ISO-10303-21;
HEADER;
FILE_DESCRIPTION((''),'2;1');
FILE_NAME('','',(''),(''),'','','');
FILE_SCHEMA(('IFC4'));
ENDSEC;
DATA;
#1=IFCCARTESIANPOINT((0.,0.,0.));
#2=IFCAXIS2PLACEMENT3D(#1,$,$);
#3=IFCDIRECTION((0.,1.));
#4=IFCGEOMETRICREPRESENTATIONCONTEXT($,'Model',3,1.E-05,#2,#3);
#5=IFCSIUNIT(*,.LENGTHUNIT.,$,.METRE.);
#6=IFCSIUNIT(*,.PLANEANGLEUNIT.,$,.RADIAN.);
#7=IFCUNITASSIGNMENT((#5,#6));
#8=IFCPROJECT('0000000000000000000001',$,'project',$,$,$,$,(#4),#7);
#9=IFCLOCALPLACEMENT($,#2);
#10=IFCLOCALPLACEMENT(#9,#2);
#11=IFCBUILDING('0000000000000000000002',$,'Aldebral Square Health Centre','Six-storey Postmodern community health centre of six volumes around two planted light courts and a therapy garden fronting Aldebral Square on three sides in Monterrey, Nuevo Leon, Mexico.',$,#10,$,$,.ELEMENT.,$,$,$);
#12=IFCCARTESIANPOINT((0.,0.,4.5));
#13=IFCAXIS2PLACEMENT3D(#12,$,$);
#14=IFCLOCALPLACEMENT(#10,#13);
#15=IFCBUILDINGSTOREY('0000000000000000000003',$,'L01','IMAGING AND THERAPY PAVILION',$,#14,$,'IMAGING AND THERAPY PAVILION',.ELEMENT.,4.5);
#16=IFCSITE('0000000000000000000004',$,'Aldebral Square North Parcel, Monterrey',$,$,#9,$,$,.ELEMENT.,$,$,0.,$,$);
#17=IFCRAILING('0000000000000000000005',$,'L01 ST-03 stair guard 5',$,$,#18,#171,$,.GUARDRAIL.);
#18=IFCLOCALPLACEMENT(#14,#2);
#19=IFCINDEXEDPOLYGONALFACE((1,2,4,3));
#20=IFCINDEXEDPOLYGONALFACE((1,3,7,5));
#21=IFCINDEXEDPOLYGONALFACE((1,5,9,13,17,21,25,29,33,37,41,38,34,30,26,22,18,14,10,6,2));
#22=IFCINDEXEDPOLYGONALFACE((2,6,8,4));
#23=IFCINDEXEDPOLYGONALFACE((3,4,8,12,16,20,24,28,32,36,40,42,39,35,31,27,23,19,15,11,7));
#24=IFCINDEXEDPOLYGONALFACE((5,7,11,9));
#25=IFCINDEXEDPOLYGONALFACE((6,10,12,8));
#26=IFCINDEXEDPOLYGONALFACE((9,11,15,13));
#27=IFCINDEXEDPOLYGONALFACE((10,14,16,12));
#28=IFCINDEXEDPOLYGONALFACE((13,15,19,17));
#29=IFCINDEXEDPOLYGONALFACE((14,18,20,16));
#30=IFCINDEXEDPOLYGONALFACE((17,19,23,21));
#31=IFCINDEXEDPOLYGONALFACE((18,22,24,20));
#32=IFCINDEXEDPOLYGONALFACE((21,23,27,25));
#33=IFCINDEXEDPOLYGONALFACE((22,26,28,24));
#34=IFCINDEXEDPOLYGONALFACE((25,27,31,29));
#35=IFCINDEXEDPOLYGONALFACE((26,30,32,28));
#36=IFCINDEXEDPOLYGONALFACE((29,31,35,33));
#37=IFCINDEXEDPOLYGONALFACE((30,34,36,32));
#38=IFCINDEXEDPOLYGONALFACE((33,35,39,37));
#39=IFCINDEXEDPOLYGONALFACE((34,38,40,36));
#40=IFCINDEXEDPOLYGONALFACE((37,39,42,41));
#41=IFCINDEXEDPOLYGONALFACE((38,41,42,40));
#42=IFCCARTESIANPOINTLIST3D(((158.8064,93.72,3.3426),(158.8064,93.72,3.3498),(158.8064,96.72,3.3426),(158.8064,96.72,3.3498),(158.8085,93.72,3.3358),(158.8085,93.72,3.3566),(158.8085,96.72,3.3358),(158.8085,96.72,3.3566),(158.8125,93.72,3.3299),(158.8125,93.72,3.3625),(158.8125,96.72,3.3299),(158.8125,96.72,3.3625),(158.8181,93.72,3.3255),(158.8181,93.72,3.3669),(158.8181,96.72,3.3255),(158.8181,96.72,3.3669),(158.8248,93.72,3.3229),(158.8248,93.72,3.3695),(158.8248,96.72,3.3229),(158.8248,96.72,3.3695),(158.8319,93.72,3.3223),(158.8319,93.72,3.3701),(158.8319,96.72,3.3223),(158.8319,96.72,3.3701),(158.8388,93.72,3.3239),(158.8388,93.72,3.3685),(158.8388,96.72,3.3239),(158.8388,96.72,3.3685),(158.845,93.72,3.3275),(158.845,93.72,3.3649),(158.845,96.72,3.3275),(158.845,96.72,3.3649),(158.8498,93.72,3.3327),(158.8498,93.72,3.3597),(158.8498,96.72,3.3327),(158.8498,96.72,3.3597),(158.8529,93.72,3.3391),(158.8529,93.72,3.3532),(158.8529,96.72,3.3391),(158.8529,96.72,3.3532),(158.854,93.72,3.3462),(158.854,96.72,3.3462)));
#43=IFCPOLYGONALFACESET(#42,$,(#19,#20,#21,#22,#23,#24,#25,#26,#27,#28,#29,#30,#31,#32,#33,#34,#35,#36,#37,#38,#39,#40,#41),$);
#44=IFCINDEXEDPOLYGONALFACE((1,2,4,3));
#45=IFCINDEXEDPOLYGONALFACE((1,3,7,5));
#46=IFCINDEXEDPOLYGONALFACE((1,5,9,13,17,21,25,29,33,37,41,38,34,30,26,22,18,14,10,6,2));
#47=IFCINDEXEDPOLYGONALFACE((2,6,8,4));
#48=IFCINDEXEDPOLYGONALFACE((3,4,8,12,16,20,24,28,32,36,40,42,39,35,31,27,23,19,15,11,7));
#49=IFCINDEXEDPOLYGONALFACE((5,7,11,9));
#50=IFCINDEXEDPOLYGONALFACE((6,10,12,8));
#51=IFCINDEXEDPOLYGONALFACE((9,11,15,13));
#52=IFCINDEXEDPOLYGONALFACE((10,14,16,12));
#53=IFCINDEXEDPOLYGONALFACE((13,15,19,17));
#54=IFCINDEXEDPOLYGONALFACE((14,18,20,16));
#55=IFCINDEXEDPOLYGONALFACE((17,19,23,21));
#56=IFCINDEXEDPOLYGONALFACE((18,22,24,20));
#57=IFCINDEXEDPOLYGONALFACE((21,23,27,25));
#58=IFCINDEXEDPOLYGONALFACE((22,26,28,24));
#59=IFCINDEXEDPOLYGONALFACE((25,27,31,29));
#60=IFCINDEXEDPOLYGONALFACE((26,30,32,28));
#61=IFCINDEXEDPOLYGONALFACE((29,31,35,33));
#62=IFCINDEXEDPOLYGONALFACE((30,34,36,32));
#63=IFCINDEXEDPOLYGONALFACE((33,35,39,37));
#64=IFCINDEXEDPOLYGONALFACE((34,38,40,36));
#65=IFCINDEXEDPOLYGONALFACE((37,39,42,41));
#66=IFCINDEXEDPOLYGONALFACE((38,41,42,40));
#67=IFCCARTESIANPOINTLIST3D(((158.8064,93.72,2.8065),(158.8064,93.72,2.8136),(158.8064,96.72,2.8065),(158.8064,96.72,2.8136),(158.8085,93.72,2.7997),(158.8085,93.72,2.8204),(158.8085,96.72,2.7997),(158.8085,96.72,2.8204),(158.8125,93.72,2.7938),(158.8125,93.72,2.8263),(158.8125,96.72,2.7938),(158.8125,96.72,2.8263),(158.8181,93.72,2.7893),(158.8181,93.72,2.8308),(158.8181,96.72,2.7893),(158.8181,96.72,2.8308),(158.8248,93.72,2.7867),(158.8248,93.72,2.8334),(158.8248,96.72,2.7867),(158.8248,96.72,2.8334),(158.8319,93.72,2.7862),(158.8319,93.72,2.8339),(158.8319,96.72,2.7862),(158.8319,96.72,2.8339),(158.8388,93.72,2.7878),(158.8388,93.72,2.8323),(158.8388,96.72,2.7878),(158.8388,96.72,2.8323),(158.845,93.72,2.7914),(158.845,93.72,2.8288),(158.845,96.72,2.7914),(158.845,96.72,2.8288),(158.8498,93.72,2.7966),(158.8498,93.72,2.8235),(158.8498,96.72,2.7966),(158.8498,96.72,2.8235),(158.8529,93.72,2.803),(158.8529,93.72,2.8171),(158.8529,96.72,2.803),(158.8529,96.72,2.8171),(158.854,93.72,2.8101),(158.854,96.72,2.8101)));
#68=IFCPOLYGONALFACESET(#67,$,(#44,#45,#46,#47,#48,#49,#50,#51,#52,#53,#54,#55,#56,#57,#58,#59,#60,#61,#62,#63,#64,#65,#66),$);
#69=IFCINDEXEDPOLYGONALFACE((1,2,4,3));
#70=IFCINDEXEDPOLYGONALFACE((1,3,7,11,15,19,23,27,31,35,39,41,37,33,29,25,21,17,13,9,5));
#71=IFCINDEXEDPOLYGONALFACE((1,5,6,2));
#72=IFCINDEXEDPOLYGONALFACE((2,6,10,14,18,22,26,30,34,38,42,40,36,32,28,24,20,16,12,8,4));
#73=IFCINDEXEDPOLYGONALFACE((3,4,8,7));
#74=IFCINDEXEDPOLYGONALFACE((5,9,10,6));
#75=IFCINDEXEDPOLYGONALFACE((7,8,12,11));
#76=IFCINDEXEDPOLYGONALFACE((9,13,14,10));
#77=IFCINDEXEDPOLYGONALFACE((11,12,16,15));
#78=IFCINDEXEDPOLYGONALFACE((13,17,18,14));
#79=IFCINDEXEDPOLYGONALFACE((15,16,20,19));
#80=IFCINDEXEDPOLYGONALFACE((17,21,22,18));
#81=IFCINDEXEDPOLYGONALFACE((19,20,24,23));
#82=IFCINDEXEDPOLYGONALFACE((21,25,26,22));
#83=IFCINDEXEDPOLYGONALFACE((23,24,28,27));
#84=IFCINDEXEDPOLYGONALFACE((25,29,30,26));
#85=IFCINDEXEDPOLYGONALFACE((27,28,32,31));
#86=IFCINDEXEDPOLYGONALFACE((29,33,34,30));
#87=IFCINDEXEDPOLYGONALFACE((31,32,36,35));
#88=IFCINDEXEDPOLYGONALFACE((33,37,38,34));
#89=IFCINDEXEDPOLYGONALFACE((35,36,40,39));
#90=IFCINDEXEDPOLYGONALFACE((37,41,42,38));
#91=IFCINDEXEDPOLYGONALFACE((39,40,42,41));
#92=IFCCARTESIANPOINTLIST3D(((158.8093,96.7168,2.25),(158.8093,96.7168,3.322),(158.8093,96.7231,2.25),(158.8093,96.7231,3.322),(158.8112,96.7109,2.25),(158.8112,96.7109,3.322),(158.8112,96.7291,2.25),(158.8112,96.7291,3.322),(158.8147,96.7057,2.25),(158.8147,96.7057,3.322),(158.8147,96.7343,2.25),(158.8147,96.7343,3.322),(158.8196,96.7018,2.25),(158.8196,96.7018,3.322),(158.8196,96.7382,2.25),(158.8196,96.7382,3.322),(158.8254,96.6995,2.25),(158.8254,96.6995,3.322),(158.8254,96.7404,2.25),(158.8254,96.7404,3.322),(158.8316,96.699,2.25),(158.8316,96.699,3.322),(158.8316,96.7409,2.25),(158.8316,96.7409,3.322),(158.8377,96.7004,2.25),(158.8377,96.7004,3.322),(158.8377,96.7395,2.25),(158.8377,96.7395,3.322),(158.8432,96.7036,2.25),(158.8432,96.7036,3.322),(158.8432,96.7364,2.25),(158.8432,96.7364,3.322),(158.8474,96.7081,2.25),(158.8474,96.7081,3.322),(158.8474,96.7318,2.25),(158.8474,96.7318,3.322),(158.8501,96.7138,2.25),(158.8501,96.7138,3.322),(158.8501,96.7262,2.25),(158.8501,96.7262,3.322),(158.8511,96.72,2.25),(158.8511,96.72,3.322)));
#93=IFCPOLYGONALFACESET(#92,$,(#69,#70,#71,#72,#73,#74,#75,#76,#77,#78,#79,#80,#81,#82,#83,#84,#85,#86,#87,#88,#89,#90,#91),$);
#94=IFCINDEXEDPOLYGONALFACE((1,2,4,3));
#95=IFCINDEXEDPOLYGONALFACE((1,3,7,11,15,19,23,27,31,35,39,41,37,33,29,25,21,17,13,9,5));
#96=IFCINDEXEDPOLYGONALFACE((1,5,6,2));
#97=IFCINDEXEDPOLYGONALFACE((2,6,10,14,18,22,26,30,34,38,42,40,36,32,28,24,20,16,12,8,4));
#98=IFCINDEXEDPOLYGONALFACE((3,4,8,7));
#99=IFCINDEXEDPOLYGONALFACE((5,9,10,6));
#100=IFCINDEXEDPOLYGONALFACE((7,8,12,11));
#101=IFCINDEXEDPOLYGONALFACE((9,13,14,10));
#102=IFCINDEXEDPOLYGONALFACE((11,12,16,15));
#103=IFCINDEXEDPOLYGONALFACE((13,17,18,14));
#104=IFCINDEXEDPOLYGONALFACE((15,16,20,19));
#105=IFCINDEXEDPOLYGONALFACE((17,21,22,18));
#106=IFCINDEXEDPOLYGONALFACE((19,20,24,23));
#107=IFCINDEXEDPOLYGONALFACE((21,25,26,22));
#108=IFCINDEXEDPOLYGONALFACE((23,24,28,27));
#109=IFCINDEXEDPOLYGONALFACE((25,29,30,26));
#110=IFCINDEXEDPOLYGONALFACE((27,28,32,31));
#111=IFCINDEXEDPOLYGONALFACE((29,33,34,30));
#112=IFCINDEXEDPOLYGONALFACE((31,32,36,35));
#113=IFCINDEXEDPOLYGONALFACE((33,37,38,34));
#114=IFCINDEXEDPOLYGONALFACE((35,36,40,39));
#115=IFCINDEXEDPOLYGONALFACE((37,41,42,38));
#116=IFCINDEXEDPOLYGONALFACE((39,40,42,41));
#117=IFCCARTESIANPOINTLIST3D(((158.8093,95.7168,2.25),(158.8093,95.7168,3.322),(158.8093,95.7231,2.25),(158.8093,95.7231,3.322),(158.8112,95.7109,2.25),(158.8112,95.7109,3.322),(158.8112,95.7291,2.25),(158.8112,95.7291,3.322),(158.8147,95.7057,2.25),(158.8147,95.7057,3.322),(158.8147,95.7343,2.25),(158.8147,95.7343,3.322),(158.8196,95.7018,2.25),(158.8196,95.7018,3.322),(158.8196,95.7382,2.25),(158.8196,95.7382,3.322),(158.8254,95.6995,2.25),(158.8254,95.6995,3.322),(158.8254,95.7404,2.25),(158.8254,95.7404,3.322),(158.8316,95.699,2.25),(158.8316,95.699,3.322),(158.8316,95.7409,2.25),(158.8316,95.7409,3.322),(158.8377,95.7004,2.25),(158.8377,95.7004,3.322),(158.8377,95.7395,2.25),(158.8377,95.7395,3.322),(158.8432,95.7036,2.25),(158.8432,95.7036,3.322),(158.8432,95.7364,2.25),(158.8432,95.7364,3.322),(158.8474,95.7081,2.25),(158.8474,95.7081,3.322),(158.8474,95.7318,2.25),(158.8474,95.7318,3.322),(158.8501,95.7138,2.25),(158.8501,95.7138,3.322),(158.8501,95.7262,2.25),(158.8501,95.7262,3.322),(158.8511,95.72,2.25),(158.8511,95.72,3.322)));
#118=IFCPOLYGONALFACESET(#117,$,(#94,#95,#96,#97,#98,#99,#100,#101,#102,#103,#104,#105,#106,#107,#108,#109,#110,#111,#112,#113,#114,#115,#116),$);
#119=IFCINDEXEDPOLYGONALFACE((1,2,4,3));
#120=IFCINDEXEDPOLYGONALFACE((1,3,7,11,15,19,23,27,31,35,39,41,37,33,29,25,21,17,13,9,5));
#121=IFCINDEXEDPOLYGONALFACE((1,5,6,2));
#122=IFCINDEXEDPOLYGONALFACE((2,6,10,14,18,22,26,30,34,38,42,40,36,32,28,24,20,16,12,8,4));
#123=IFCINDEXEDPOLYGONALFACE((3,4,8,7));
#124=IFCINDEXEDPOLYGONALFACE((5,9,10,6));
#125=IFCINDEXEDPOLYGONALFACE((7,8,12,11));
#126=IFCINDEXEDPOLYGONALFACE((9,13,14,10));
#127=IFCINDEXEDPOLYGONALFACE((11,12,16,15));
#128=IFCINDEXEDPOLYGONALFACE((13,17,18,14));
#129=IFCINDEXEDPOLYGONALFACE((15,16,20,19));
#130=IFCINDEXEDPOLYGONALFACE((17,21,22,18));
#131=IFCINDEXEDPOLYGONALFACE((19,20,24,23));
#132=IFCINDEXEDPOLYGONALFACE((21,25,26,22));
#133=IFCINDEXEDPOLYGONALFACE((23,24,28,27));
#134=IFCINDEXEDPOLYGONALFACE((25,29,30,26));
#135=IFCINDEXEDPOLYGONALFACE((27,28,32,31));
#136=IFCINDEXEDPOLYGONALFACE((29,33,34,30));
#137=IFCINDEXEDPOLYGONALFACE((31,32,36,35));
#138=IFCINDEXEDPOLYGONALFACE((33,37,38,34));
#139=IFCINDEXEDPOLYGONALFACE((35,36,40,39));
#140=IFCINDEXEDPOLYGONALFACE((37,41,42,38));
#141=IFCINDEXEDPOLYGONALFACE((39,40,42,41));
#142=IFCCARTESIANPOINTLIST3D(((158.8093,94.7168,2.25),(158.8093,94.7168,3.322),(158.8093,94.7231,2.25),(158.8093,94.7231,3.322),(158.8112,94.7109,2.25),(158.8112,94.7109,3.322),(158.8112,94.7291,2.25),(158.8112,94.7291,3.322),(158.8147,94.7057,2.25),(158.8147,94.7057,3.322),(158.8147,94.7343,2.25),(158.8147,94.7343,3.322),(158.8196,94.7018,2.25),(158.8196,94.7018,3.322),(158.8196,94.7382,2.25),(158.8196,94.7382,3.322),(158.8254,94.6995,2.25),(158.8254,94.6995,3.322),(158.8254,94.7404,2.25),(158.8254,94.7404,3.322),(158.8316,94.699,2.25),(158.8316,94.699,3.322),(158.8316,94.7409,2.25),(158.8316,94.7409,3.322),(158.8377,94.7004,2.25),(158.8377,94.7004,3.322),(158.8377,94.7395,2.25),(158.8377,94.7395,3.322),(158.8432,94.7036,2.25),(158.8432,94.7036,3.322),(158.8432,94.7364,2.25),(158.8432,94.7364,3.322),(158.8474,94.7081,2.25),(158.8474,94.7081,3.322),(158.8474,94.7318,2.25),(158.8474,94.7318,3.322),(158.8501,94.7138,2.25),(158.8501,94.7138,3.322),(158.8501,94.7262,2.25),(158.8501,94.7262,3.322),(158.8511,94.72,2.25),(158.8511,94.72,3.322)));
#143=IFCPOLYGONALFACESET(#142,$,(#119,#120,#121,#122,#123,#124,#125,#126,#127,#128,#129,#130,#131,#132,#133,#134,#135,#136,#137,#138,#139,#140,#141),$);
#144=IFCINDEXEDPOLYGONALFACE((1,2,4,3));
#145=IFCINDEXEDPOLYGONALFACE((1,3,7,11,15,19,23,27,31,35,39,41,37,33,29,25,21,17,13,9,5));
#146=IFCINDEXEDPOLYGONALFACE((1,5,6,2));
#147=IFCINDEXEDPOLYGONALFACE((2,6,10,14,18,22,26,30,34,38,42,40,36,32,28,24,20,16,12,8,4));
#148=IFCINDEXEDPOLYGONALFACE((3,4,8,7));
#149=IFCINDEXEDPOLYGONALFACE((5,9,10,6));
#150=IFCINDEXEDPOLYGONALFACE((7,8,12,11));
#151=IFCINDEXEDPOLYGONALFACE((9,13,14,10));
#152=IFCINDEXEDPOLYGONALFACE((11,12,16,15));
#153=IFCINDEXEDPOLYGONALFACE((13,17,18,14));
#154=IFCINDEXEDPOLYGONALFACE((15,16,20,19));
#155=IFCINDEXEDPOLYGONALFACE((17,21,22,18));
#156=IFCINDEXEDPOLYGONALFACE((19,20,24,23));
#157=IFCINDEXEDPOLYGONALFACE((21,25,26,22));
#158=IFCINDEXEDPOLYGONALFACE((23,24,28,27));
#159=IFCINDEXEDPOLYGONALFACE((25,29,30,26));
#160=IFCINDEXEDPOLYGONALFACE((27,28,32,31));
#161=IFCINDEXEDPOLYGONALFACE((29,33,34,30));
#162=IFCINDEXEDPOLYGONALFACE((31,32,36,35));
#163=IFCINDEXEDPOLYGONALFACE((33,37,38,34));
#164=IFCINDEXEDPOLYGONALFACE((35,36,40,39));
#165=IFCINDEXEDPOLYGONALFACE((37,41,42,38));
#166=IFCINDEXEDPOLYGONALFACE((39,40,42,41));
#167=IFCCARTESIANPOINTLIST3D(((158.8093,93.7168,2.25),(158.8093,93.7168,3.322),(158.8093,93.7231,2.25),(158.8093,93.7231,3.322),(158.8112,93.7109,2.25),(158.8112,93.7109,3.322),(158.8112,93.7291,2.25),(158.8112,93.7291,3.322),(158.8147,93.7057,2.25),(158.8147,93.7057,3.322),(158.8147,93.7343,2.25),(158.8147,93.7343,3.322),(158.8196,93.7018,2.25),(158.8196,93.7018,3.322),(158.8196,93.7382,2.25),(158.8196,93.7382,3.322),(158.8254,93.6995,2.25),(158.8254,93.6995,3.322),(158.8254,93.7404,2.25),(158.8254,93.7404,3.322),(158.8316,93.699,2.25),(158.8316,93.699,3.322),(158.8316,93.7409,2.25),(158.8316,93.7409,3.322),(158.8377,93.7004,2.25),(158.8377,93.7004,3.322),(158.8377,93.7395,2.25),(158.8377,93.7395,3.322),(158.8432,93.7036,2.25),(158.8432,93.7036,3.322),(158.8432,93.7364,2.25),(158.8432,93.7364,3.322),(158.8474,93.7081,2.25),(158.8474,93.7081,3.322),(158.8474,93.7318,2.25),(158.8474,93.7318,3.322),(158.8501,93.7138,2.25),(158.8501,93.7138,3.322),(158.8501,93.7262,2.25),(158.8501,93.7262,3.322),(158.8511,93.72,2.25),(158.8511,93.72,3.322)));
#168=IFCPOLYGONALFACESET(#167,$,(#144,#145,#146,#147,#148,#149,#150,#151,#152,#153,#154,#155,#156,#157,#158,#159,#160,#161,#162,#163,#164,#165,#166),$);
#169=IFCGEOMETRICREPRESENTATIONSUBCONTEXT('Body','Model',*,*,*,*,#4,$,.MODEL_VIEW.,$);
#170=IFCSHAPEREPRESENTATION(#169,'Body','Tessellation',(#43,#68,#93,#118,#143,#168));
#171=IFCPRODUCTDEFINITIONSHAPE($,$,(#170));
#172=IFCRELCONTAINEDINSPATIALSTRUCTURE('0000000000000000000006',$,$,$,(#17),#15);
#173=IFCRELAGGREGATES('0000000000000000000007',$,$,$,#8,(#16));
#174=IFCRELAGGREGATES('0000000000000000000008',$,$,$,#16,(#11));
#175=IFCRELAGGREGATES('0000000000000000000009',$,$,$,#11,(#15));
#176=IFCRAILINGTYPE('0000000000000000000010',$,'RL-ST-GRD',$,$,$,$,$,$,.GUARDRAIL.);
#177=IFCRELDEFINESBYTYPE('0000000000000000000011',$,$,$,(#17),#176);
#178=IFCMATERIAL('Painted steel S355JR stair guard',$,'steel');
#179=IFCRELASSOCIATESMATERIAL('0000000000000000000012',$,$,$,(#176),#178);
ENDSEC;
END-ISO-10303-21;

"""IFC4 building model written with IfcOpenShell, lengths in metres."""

from ifc_helpers import new_model, si_unit, direction, frame, origin, origin_2d, place, context, subcontext, project, spatial, circle, extrude, material, type_object, element, save


model = new_model("IFC4")

# Units and contexts
model_context = context("Model", 3, precision=1e-05, world=origin(), true_north=direction((0.0, 1.0)))
body_context = subcontext(model_context, "Body", "Model", "MODEL_VIEW")
ifc_project = project(units=[si_unit("LENGTHUNIT", "METRE"), si_unit("PLANEANGLEUNIT", "RADIAN")], contexts=[model_context])

# Site, building, storey
site_placement = place(None, origin())
site = spatial("IfcSite", under=ifc_project, at=site_placement, Name="Aldebral Square North Parcel, Monterrey", CompositionType="ELEMENT", RefElevation=0.0)
building_placement = place(site_placement, origin())
building = spatial("IfcBuilding", under=site, at=building_placement, Name="Aldebral Square Health Centre", Description="Six-storey Postmodern community health centre of six volumes around two planted light courts and a therapy garden fronting Aldebral Square on three sides in Monterrey, Nuevo Leon, Mexico.", CompositionType="ELEMENT")
storey_placement = place(building_placement, frame((0.0, 0.0, 4.5)))
storey = spatial("IfcBuildingStorey", under=building, at=storey_placement, Name="L01", Description="IMAGING AND THERAPY PAVILION", LongName="IMAGING AND THERAPY PAVILION", CompositionType="ELEMENT", Elevation=4.5)

# Railing
ifc_material_1 = material(Name="Painted steel S355JR stair guard", Category="steel")
railing_type_1 = type_object("IfcRailingType", Name="RL-ST-GRD", PredefinedType="GUARDRAIL", material=ifc_material_1)
railing_1_placement = place(storey_placement, frame((158.8301, 96.72, 2.25)))
element("IfcRailing", 1, at=railing_1_placement, inside=storey, type_object=railing_type_1, Name="L01 ST-03 stair guard 5", PredefinedType="GUARDRAIL", context=body_context, shape_type="SweptSolid", body=[
    extrude(circle(Radius=0.0239, at=origin_2d()), frame((0.0, 0.0, 1.0962), z_axis=(0.0, -1.0, 0.0), x_axis=(1.0, 0.0, 0.0)), (0.0, 0.0, 1.0), 3.0),
    extrude(circle(Radius=0.0239, at=origin_2d()), frame((0.0, 0.0, 0.5601), z_axis=(0.0, -1.0, 0.0), x_axis=(1.0, 0.0, 0.0)), (0.0, 0.0, 1.0), 3.0),
    extrude(circle(Radius=0.021, at=origin_2d()), origin(), (0.0, 0.0, 1.0), 1.072),
    extrude(circle(Radius=0.021, at=origin_2d()), frame((0.0, -1.0, 0.0)), (0.0, 0.0, 1.0), 1.072),
    extrude(circle(Radius=0.021, at=origin_2d()), frame((0.0, -2.0, 0.0)), (0.0, 0.0, 1.0), 1.072),
    extrude(circle(Radius=0.021, at=origin_2d()), frame((0.0, -3.0, 0.0)), (0.0, 0.0, 1.0), 1.072),
])

save(model, "model.ifc")
